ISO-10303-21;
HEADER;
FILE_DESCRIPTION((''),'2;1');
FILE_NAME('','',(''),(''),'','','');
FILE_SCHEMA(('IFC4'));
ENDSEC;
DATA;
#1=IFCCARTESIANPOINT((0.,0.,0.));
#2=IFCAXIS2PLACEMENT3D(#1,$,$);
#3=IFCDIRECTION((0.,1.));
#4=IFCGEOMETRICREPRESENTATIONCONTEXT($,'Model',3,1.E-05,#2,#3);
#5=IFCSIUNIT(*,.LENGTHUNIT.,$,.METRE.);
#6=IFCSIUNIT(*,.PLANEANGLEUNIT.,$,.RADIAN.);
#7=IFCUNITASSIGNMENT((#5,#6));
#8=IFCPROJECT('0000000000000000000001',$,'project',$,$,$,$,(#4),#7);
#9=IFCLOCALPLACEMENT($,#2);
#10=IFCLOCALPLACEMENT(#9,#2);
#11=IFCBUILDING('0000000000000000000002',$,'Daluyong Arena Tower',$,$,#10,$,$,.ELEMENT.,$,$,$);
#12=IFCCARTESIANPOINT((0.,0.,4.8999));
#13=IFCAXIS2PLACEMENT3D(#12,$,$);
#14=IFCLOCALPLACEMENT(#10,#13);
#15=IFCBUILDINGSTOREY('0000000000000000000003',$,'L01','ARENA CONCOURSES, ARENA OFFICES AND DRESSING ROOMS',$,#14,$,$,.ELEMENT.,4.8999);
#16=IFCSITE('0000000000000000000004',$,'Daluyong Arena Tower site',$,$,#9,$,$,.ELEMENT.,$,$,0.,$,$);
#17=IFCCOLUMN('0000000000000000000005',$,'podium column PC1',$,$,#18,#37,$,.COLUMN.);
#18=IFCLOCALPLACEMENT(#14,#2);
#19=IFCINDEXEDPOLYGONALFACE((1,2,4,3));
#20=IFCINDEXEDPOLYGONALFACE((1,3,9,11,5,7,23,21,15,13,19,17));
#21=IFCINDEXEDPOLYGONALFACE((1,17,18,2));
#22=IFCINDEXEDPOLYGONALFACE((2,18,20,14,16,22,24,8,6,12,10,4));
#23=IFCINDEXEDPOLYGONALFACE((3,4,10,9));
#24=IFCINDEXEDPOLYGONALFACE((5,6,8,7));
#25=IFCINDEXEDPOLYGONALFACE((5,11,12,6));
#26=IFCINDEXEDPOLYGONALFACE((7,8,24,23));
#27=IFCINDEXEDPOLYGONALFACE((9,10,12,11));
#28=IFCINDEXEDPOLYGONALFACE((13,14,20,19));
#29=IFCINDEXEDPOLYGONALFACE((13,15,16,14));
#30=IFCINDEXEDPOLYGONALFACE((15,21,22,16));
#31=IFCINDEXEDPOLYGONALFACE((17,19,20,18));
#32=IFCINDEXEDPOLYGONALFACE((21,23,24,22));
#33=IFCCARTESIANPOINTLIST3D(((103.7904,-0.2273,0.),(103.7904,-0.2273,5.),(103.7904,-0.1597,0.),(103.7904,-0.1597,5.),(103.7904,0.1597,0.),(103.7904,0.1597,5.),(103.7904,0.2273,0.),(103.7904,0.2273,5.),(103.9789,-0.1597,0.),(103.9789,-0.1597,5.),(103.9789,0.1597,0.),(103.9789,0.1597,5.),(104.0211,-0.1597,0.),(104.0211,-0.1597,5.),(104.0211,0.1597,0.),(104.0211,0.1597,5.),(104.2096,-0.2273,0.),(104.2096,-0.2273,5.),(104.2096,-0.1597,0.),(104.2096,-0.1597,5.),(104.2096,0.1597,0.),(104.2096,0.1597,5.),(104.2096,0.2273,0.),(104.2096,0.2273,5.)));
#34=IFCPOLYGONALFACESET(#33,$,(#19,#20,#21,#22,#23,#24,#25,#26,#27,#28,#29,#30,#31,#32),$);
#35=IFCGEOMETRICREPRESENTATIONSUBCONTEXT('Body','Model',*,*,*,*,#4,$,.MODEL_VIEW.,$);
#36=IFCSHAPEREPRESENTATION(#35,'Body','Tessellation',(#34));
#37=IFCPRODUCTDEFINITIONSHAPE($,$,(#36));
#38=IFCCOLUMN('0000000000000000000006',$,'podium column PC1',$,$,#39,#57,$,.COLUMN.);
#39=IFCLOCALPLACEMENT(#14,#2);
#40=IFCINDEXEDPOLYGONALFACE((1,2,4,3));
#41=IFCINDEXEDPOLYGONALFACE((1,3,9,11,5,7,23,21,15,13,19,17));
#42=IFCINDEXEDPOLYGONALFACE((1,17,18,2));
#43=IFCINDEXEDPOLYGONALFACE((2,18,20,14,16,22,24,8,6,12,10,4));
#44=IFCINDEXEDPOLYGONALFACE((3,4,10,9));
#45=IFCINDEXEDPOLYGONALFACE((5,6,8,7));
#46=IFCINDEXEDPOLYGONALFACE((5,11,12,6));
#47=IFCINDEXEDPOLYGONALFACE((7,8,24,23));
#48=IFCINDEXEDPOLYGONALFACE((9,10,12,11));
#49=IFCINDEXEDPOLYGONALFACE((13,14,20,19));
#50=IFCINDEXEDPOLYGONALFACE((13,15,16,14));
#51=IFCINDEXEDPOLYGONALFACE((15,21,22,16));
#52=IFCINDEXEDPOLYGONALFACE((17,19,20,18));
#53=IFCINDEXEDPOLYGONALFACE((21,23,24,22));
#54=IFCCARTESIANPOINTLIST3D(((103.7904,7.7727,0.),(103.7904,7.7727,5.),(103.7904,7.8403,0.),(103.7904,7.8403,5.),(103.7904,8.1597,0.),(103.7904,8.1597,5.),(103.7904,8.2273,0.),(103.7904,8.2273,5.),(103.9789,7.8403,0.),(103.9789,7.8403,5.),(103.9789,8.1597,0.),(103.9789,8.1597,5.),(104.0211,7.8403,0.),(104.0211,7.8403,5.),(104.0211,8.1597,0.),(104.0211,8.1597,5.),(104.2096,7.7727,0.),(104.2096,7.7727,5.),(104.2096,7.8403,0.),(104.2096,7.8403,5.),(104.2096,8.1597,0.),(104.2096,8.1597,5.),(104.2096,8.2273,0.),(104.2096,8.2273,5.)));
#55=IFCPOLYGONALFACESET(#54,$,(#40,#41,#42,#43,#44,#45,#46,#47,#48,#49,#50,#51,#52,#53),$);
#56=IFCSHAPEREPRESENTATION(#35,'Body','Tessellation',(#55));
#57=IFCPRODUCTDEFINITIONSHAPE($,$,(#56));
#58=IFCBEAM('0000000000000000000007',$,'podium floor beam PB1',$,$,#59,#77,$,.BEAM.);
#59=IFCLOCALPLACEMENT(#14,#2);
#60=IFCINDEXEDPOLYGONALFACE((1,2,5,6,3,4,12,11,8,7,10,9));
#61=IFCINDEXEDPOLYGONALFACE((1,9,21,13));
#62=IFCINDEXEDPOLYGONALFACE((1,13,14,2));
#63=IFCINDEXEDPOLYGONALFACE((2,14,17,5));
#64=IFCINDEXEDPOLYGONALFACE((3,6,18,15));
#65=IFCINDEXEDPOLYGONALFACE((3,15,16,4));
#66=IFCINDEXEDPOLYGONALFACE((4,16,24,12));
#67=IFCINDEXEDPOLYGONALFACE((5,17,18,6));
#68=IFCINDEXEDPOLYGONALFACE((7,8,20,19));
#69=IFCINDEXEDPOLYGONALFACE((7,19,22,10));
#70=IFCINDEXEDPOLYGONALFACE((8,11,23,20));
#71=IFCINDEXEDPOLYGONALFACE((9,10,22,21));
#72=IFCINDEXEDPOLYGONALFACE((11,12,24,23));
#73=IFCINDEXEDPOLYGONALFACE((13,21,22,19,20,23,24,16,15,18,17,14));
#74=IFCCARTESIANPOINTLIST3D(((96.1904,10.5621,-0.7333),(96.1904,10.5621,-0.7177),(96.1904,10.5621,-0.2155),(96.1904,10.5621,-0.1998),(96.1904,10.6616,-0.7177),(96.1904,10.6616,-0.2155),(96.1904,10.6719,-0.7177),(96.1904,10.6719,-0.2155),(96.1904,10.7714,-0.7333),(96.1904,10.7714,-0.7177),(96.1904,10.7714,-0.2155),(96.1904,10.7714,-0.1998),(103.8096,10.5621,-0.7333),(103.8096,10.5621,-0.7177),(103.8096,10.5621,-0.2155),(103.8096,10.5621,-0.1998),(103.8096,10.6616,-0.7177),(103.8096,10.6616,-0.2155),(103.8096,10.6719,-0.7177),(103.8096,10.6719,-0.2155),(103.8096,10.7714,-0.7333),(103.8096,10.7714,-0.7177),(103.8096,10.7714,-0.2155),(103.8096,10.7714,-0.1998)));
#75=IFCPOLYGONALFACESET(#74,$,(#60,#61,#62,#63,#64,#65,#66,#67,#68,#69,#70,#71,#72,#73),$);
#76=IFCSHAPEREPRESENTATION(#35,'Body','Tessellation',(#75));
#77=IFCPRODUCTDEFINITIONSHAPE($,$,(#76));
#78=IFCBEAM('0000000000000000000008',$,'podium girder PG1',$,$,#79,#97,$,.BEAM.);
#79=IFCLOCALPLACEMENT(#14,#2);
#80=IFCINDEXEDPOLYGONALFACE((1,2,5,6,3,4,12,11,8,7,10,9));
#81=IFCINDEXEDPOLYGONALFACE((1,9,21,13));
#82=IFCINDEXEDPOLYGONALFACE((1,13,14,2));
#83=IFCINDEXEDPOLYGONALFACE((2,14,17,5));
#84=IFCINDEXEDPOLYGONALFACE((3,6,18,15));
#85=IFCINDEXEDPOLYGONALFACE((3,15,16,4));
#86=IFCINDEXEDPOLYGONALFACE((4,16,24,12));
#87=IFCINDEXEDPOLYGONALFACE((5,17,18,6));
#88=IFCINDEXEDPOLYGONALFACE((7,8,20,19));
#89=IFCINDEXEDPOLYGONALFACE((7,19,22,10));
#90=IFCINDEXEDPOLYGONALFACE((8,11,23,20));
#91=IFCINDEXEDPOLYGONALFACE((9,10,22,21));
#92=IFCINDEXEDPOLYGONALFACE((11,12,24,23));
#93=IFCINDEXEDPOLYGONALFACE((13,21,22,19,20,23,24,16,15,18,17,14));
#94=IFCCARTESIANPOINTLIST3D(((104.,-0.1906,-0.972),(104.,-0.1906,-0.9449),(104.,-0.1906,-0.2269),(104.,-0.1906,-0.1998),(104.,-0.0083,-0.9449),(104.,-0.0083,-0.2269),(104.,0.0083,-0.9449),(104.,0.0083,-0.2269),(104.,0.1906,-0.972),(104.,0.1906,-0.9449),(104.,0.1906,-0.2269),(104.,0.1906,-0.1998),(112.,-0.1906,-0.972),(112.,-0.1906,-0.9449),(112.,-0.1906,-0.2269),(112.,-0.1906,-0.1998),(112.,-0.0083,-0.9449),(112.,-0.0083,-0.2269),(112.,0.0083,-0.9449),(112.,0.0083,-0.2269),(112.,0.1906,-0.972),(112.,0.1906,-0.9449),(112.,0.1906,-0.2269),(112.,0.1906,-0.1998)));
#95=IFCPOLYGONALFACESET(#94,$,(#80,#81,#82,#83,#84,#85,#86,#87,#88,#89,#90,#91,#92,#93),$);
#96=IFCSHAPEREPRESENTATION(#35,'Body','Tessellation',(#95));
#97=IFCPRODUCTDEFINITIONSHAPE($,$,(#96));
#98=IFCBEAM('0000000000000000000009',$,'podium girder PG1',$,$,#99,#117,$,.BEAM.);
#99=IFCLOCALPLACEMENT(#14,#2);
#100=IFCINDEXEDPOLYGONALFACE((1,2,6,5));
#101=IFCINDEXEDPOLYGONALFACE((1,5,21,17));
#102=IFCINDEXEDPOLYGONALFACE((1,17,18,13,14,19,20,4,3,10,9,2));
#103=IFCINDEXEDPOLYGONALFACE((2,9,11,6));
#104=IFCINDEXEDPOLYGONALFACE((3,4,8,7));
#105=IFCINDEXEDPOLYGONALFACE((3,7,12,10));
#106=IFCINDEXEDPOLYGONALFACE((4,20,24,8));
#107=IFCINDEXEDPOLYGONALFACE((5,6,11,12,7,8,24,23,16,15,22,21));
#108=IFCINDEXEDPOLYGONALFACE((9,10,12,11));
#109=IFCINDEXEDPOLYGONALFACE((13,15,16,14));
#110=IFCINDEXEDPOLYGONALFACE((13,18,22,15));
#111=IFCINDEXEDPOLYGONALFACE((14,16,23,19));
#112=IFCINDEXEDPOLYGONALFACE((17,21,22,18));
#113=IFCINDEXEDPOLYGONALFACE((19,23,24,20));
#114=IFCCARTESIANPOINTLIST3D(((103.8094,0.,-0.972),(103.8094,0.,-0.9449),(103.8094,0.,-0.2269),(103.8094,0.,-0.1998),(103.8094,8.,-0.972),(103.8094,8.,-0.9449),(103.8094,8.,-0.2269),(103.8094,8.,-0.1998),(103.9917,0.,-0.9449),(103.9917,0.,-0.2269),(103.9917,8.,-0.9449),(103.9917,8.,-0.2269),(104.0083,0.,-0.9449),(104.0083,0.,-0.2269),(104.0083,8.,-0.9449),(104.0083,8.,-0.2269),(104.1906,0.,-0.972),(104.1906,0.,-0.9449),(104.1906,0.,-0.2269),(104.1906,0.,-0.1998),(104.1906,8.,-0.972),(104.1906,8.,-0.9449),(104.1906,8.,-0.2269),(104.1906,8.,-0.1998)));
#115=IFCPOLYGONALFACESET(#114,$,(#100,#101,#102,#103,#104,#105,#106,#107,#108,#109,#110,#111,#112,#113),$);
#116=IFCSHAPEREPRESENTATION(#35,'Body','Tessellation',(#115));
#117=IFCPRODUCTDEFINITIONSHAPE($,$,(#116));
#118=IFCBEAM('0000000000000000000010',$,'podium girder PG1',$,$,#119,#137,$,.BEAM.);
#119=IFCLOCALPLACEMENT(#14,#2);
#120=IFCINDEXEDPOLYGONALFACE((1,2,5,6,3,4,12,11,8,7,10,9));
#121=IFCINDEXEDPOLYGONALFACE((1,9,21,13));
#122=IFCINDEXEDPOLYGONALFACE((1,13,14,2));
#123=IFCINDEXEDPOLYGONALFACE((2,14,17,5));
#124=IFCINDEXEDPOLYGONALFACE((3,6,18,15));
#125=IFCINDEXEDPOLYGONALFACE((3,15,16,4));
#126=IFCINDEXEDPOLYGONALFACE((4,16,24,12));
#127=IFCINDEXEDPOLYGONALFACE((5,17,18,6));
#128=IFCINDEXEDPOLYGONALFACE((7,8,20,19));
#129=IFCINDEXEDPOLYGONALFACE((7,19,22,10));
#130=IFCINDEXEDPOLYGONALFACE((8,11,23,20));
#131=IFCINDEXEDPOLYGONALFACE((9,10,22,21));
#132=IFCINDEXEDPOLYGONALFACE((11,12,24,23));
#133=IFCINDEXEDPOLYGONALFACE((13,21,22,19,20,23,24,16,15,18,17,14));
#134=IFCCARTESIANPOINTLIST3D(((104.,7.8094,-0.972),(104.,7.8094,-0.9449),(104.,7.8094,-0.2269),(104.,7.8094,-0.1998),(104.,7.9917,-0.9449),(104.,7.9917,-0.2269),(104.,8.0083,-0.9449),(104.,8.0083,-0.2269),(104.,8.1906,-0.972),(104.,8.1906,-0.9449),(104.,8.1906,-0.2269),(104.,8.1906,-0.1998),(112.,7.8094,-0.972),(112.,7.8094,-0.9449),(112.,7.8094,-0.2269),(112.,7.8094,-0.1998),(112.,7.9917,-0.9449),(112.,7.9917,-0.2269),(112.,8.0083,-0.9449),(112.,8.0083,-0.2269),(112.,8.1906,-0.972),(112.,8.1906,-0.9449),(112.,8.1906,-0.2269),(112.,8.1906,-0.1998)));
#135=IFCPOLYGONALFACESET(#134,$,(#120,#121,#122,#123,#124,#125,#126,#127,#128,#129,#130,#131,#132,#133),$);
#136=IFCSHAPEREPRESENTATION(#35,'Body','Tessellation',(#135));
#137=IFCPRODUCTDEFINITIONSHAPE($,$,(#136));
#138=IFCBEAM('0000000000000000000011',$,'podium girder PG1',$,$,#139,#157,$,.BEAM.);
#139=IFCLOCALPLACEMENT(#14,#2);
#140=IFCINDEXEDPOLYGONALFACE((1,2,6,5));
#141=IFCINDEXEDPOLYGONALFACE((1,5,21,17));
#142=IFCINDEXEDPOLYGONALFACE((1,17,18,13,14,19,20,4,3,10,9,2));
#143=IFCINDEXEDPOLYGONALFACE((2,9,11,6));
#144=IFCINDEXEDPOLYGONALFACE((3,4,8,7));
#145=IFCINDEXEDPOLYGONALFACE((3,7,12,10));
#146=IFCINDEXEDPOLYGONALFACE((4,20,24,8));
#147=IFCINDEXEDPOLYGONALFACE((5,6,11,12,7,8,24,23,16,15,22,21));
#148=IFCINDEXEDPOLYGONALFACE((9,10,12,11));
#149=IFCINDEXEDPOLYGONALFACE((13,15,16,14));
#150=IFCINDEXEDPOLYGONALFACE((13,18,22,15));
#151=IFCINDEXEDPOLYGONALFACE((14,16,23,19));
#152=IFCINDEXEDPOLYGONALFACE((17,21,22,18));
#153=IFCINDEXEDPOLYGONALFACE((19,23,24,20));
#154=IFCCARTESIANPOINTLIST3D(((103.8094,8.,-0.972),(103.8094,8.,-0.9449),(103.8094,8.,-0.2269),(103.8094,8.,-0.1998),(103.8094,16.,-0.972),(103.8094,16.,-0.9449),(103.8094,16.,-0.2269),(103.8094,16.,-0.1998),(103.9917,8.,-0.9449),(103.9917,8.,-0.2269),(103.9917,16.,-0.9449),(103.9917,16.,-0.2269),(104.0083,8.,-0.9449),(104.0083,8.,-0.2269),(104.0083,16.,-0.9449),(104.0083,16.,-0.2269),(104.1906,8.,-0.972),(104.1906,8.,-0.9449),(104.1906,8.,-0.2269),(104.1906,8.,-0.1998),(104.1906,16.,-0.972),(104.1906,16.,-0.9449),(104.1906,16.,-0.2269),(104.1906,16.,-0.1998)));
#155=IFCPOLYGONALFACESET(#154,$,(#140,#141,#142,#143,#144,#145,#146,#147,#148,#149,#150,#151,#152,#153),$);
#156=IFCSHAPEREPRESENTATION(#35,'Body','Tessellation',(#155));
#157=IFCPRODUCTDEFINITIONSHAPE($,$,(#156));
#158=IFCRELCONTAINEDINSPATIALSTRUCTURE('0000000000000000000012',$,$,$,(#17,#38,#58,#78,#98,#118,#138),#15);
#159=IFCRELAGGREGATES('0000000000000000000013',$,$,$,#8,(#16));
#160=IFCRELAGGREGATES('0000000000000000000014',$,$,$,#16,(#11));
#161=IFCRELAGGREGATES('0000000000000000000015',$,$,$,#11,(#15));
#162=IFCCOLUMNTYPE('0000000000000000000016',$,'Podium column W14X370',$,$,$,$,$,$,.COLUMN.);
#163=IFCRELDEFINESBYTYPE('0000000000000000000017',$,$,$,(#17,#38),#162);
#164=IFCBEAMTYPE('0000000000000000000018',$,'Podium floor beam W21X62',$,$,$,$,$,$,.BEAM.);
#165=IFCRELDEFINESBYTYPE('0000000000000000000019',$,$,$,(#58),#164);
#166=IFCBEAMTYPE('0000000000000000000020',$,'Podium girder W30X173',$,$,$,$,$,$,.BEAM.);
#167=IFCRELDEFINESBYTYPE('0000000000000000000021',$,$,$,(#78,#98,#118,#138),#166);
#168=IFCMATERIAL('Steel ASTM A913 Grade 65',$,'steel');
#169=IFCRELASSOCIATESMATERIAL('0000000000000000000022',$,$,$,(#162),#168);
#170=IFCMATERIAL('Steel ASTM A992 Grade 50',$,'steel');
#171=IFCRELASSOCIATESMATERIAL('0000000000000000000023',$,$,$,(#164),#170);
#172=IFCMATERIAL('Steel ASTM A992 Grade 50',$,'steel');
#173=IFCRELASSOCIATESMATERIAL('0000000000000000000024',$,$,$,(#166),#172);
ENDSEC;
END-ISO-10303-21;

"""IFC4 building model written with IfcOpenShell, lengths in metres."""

from ifc_helpers import new_model, si_unit, direction, frame, origin, origin_2d, place, context, subcontext, project, spatial, i_section, extrude, material, material_profile, profile_set, type_object, element, save


model = new_model("IFC4")

# Units and contexts
model_context = context("Model", 3, precision=1e-05, world=origin(), true_north=direction((0.0, 1.0)))
body_context = subcontext(model_context, "Body", "Model", "MODEL_VIEW")
ifc_project = project(units=[si_unit("LENGTHUNIT", "METRE"), si_unit("PLANEANGLEUNIT", "RADIAN")], contexts=[model_context])

# Site, building, storey
site_placement = place(None, origin())
site = spatial("IfcSite", under=ifc_project, at=site_placement, Name="Daluyong Arena Tower site", CompositionType="ELEMENT", RefElevation=0.0)
building_placement = place(site_placement, origin())
building = spatial("IfcBuilding", under=site, at=building_placement, Name="Daluyong Arena Tower", CompositionType="ELEMENT")
storey_placement = place(building_placement, frame((0.0, 0.0, 4.8999)))
storey = spatial("IfcBuildingStorey", under=building, at=storey_placement, Name="L01", Description="ARENA CONCOURSES, ARENA OFFICES AND DRESSING ROOMS", CompositionType="ELEMENT", Elevation=4.8999)

# Columns
ifc_material_1 = material(Name="Steel ASTM A913 Grade 65", Category="steel")
ifc_material_profile_1 = material_profile(ifc_material_1, i_section(OverallWidth=0.4192, OverallDepth=0.4546, WebThickness=0.0422, FlangeThickness=0.0676, at=origin_2d()))
ifc_profile_set_1 = profile_set([ifc_material_profile_1], Name="Steel ASTM A913 Grade 65")
column_type = type_object("IfcColumnType", Name="Podium column W14X370", PredefinedType="COLUMN", material=ifc_profile_set_1)
for number, where, z_axis, x_axis, name in (
    (1, (104.0, 0.0, 0.0), (0.0, 0.0, 1.0), (1.0, 0.0, 0.0), "podium column PC1"),
    (2, (104.0, 8.0, 0.0), (0.0, 0.0, 1.0), (1.0, 0.0, 0.0), "podium column PC1"),
):
    element("IfcColumn", number, at=place(storey_placement, frame(where, z_axis=z_axis, x_axis=x_axis)), inside=storey, type_object=column_type, Name=name, PredefinedType="COLUMN", context=body_context, shape_type="SweptSolid", body=[
        extrude(i_section(OverallWidth=0.4192, OverallDepth=0.4546, WebThickness=0.0422, FlangeThickness=0.0676, at=origin_2d()), origin(), (0.0, 0.0, 1.0), 5.0),
    ])

# Beams
ifc_material_2 = material(Name="Steel ASTM A992 Grade 50", Category="steel")
ifc_material_profile_2 = material_profile(ifc_material_2, i_section(OverallWidth=0.2092, OverallDepth=0.5334, WebThickness=0.0103, FlangeThickness=0.0156, at=origin_2d()))
ifc_profile_set_2 = profile_set([ifc_material_profile_2], Name="Steel ASTM A992 Grade 50")
beam_type_1 = type_object("IfcBeamType", Name="Podium floor beam W21X62", PredefinedType="BEAM", material=ifc_profile_set_2)
beam_placement = place(storey_placement, frame((96.1904, 10.6667, -0.4666), z_axis=(1.0, 0.0, 0.0), x_axis=(0.0, 1.0, 0.0)))
element("IfcBeam", 3, at=beam_placement, inside=storey, type_object=beam_type_1, Name="podium floor beam PB1", PredefinedType="BEAM", context=body_context, shape_type="SweptSolid", body=[
    extrude(i_section(OverallWidth=0.2092, OverallDepth=0.5334, WebThickness=0.0103, FlangeThickness=0.0156, at=origin_2d()), origin(), (0.0, 0.0, 1.0), 7.6191),
])
ifc_material_3 = material(Name="Steel ASTM A992 Grade 50", Category="steel")
ifc_material_profile_3 = material_profile(ifc_material_3, i_section(OverallWidth=0.3811, OverallDepth=0.7722, WebThickness=0.0166, FlangeThickness=0.0271, at=origin_2d()))
ifc_profile_set_3 = profile_set([ifc_material_profile_3], Name="Steel ASTM A992 Grade 50")
beam_type_2 = type_object("IfcBeamType", Name="Podium girder W30X173", PredefinedType="BEAM", material=ifc_profile_set_3)
for number, where, z_axis, x_axis, name in (
    (4, (104.0, 0.0, -0.5859), (1.0, 0.0, 0.0), (0.0, 1.0, 0.0), "podium girder PG1"),
    (5, (104.0, 0.0, -0.5859), (0.0, 1.0, 0.0), (-1.0, 0.0, 0.0), "podium girder PG1"),
    (6, (104.0, 8.0, -0.5859), (1.0, 0.0, 0.0), (0.0, 1.0, 0.0), "podium girder PG1"),
    (7, (104.0, 8.0, -0.5859), (0.0, 1.0, 0.0), (-1.0, 0.0, 0.0), "podium girder PG1"),
):
    element("IfcBeam", number, at=place(storey_placement, frame(where, z_axis=z_axis, x_axis=x_axis)), inside=storey, type_object=beam_type_2, Name=name, PredefinedType="BEAM", context=body_context, shape_type="SweptSolid", body=[
        extrude(i_section(OverallWidth=0.3811, OverallDepth=0.7722, WebThickness=0.0166, FlangeThickness=0.0271, at=origin_2d()), origin(), (0.0, 0.0, 1.0), 8.0),
    ])

save(model, "model.ifc")
